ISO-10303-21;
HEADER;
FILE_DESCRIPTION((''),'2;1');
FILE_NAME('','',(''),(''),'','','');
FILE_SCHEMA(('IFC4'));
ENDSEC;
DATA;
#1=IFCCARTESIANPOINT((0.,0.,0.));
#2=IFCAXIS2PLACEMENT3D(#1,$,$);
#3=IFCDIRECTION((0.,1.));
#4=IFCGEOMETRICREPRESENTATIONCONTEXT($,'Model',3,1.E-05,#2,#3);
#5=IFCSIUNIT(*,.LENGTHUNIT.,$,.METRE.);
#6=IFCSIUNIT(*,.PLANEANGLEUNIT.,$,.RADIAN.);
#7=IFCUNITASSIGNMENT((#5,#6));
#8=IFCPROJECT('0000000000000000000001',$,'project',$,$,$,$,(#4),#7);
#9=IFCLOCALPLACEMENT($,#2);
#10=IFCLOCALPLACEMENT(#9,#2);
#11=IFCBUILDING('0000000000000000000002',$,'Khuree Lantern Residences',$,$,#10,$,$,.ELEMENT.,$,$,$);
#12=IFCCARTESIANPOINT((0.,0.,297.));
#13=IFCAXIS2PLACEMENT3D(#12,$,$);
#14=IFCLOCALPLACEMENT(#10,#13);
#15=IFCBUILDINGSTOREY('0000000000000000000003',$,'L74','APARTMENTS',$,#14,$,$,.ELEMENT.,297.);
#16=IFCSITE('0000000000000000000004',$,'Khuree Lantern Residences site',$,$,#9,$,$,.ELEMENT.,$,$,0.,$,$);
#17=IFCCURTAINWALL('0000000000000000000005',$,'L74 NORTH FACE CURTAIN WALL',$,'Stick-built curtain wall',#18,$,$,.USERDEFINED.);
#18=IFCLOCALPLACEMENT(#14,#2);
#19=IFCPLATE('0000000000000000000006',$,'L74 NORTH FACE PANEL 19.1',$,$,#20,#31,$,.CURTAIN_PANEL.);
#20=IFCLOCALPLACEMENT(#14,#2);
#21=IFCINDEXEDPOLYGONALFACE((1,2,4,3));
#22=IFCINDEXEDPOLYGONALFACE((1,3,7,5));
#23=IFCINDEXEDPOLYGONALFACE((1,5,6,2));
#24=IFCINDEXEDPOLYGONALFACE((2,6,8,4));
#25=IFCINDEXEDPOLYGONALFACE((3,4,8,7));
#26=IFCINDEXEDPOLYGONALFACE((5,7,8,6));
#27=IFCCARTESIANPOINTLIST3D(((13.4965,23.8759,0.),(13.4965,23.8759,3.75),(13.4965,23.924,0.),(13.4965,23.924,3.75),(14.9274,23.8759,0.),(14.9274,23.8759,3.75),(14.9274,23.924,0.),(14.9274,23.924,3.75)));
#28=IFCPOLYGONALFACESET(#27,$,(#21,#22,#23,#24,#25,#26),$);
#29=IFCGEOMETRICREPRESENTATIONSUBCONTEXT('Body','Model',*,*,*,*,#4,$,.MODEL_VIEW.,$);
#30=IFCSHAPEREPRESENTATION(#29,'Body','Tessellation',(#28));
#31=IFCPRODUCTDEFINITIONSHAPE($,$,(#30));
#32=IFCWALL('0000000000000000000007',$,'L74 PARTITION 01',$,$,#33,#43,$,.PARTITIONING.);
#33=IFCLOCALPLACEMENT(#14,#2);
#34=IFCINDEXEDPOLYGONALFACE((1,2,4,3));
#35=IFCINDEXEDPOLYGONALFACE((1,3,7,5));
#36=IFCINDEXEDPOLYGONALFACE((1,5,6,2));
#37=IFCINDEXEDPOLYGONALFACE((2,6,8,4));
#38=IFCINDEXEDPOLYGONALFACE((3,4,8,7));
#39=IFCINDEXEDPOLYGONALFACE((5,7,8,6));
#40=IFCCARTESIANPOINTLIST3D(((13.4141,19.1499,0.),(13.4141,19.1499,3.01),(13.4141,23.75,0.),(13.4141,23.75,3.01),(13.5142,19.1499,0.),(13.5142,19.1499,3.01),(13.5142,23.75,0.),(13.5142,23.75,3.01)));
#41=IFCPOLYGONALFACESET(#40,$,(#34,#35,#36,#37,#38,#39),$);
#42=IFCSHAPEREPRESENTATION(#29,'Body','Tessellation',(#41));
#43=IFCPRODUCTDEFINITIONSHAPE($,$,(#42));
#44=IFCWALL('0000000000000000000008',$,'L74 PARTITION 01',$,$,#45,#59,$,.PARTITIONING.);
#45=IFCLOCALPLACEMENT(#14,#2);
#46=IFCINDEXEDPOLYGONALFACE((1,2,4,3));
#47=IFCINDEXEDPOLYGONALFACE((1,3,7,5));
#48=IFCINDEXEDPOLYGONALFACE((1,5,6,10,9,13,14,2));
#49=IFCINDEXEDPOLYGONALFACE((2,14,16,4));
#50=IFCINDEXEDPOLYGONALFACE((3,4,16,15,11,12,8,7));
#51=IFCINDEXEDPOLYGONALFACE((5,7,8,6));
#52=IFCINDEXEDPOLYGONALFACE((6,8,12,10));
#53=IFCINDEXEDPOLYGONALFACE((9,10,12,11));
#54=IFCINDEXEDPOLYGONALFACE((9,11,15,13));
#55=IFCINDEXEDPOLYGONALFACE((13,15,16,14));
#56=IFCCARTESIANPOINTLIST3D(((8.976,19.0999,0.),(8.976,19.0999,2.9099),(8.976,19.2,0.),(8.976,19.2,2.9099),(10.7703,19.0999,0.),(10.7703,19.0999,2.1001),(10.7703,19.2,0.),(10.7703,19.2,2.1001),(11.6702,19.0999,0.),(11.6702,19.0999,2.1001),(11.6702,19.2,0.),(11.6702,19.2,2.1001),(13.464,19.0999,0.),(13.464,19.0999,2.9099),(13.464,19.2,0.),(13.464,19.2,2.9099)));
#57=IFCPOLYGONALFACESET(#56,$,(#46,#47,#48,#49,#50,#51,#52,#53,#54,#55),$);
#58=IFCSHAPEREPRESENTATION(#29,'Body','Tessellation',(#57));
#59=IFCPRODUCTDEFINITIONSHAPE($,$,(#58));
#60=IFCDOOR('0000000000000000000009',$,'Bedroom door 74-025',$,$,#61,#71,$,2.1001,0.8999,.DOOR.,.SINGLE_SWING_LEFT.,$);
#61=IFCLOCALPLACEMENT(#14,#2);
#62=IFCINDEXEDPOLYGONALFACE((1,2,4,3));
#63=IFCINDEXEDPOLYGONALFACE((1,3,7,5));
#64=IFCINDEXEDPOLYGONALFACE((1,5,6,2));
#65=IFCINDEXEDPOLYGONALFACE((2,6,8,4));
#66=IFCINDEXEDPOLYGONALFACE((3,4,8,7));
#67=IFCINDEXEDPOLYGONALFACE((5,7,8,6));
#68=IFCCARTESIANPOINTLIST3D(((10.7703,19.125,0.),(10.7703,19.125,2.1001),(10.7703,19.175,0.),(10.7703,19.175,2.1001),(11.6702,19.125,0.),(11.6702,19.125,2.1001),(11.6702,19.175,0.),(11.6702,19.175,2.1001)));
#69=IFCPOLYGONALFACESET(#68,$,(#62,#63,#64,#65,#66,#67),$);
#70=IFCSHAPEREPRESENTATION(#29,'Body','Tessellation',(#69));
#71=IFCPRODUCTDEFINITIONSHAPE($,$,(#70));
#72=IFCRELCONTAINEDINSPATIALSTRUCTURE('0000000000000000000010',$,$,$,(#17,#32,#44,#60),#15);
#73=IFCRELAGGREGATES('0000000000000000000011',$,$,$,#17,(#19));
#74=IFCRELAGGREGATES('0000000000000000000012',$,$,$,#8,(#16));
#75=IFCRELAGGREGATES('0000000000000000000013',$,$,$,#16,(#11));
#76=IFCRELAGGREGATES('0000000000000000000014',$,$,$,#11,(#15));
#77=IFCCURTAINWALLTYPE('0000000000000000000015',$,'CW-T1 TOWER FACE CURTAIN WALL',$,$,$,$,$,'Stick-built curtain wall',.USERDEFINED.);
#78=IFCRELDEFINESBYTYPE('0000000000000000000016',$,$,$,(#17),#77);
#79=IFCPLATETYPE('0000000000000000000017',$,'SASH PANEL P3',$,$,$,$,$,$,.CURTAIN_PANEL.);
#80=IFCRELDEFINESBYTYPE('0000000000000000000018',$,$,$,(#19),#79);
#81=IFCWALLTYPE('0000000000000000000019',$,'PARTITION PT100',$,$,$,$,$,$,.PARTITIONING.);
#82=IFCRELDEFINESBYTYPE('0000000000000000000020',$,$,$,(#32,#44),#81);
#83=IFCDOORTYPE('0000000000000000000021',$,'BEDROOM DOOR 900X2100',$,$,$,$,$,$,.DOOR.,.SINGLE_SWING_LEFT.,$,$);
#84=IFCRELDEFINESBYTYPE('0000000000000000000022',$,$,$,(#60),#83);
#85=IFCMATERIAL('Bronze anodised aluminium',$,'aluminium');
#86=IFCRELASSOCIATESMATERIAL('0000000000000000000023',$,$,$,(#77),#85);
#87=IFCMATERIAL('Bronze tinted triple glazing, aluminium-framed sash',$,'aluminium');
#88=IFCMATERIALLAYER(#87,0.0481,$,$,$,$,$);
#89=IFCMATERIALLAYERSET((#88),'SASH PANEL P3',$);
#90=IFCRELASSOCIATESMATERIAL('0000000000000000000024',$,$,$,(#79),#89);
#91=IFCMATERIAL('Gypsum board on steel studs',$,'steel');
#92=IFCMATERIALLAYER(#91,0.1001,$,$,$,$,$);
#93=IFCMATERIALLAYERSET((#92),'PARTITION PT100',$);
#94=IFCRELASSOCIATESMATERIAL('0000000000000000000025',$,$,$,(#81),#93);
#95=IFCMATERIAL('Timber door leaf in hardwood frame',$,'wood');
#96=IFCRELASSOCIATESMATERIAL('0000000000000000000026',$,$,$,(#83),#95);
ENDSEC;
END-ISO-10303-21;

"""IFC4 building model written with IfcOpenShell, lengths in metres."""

from ifc_helpers import new_model, si_unit, direction, frame, frame_2d, origin, origin_2d, place, context, subcontext, project, spatial, rectangle, extrude, material, layer, layer_set, type_object, element, fill, aggregate, save


model = new_model("IFC4")

# Units and contexts
model_context = context("Model", 3, precision=1e-05, world=origin(), true_north=direction((0.0, 1.0)))
body_context = subcontext(model_context, "Body", "Model", "MODEL_VIEW")
ifc_project = project(units=[si_unit("LENGTHUNIT", "METRE"), si_unit("PLANEANGLEUNIT", "RADIAN")], contexts=[model_context])

# Site, building, storey
site_placement = place(None, origin())
site = spatial("IfcSite", under=ifc_project, at=site_placement, Name="Khuree Lantern Residences site", CompositionType="ELEMENT", RefElevation=0.0)
building_placement = place(site_placement, origin())
building = spatial("IfcBuilding", under=site, at=building_placement, Name="Khuree Lantern Residences", CompositionType="ELEMENT")
storey_placement = place(building_placement, frame((0.0, 0.0, 297.0)))
storey = spatial("IfcBuildingStorey", under=building, at=storey_placement, Name="L74", Description="APARTMENTS", CompositionType="ELEMENT", Elevation=297.0)

# Curtain wall
ifc_material_1 = material(Name="Bronze anodised aluminium", Category="aluminium")
curtain_wall_type = type_object("IfcCurtainWallType", Name="CW-T1 TOWER FACE CURTAIN WALL", ElementType="Stick-built curtain wall", PredefinedType="USERDEFINED", material=ifc_material_1)
curtain_wall_placement = place(storey_placement, origin())
curtain_wall = element("IfcCurtainWall", 1, at=curtain_wall_placement, inside=storey, type_object=curtain_wall_type, Name="L74 NORTH FACE CURTAIN WALL", ObjectType="Stick-built curtain wall", PredefinedType="USERDEFINED")

# Plate
ifc_material_2 = material(Name="Bronze tinted triple glazing, aluminium-framed sash", Category="aluminium")
ifc_layer_1 = layer(ifc_material_2, 0.0481)
ifc_layer_set_1 = layer_set([ifc_layer_1], Name="SASH PANEL P3")
plate_type_1 = type_object("IfcPlateType", Name="SASH PANEL P3", PredefinedType="CURTAIN_PANEL", material=ifc_layer_set_1)
plate_1_placement = place(storey_placement, frame((14.2119, 23.8999, 0.0), z_axis=(0.0, 0.0, 1.0), x_axis=(-1.0, 0.0, 0.0)))
plate_1 = element("IfcPlate", 2, at=plate_1_placement, type_object=plate_type_1, Name="L74 NORTH FACE PANEL 19.1", PredefinedType="CURTAIN_PANEL", context=body_context, shape_type="SweptSolid", body=[
    extrude(rectangle(XDim=1.4309, YDim=0.0481, at=origin_2d()), origin(), (0.0, 0.0, 1.0), 3.75),
])
aggregate(curtain_wall, [plate_1])

# Wall
ifc_material_3 = material(Name="Gypsum board on steel studs", Category="steel")
ifc_layer_2 = layer(ifc_material_3, 0.1001)
ifc_layer_set_2 = layer_set([ifc_layer_2], Name="PARTITION PT100")
wall_type = type_object("IfcWallType", Name="PARTITION PT100", PredefinedType="PARTITIONING", material=ifc_layer_set_2)
wall_1_placement = place(storey_placement, frame((13.4641, 19.1499, 0.0), z_axis=(0.0, 0.0, 1.0), x_axis=(0.0, 1.0, 0.0)))
element("IfcWall", 3, at=wall_1_placement, inside=storey, type_object=wall_type, Name="L74 PARTITION 01", PredefinedType="PARTITIONING", context=body_context, shape_type="SweptSolid", body=[
    extrude(rectangle(XDim=4.6001, YDim=0.1001, at=frame_2d((2.3, 0.0))), origin(), (0.0, 0.0, 1.0), 3.01),
])

# Wall, opening, door
wall_2_placement = place(storey_placement, frame((13.4641, 19.1499, 0.0), z_axis=(0.0, 0.0, 1.0), x_axis=(-1.0, 0.0, 0.0)))
wall_2 = element("IfcWall", 4, at=wall_2_placement, inside=storey, type_object=wall_type, Name="L74 PARTITION 01", PredefinedType="PARTITIONING", context=body_context, shape_type="SweptSolid", body=[
    extrude(rectangle(XDim=4.488, YDim=0.1001, at=frame_2d((2.2441, 0.0))), origin(), (0.0, 0.0, 1.0), 2.9099),
])
opening_placement = place(wall_2_placement, frame((1.7939, 0.0, 0.0)))
opening = element("IfcOpeningElement", 5, at=opening_placement, cuts=wall_2, PredefinedType="OPENING", context=body_context, shape_type="SweptSolid", body=[
    extrude(rectangle(XDim=0.8999, YDim=2.1001, at=frame_2d((0.45, 1.05))), frame((0.0, 0.0601, 0.0), z_axis=(0.0, -1.0, 0.0), x_axis=(1.0, 0.0, 0.0)), (0.0, 0.0, 1.0), 0.1201),
])
ifc_material_4 = material(Name="Timber door leaf in hardwood frame", Category="wood")
door_type = type_object("IfcDoorType", Name="BEDROOM DOOR 900X2100", OperationType="SINGLE_SWING_LEFT", PredefinedType="DOOR", material=ifc_material_4)
door_placement = place(opening_placement, origin())
door = element("IfcDoor", 6, at=door_placement, inside=storey, type_object=door_type, Name="Bedroom door 74-025", OperationType="SINGLE_SWING_LEFT", OverallHeight=2.1001, OverallWidth=0.8999, PredefinedType="DOOR", context=body_context, shape_type="SweptSolid", body=[
    extrude(rectangle(XDim=0.8999, YDim=2.1001, at=frame_2d((0.45, 1.05))), frame((0.0, 0.0249, 0.0), z_axis=(0.0, -1.0, 0.0), x_axis=(1.0, 0.0, 0.0)), (0.0, 0.0, 1.0), 0.05),
])
fill(opening, door)

save(model, "model.ifc")
